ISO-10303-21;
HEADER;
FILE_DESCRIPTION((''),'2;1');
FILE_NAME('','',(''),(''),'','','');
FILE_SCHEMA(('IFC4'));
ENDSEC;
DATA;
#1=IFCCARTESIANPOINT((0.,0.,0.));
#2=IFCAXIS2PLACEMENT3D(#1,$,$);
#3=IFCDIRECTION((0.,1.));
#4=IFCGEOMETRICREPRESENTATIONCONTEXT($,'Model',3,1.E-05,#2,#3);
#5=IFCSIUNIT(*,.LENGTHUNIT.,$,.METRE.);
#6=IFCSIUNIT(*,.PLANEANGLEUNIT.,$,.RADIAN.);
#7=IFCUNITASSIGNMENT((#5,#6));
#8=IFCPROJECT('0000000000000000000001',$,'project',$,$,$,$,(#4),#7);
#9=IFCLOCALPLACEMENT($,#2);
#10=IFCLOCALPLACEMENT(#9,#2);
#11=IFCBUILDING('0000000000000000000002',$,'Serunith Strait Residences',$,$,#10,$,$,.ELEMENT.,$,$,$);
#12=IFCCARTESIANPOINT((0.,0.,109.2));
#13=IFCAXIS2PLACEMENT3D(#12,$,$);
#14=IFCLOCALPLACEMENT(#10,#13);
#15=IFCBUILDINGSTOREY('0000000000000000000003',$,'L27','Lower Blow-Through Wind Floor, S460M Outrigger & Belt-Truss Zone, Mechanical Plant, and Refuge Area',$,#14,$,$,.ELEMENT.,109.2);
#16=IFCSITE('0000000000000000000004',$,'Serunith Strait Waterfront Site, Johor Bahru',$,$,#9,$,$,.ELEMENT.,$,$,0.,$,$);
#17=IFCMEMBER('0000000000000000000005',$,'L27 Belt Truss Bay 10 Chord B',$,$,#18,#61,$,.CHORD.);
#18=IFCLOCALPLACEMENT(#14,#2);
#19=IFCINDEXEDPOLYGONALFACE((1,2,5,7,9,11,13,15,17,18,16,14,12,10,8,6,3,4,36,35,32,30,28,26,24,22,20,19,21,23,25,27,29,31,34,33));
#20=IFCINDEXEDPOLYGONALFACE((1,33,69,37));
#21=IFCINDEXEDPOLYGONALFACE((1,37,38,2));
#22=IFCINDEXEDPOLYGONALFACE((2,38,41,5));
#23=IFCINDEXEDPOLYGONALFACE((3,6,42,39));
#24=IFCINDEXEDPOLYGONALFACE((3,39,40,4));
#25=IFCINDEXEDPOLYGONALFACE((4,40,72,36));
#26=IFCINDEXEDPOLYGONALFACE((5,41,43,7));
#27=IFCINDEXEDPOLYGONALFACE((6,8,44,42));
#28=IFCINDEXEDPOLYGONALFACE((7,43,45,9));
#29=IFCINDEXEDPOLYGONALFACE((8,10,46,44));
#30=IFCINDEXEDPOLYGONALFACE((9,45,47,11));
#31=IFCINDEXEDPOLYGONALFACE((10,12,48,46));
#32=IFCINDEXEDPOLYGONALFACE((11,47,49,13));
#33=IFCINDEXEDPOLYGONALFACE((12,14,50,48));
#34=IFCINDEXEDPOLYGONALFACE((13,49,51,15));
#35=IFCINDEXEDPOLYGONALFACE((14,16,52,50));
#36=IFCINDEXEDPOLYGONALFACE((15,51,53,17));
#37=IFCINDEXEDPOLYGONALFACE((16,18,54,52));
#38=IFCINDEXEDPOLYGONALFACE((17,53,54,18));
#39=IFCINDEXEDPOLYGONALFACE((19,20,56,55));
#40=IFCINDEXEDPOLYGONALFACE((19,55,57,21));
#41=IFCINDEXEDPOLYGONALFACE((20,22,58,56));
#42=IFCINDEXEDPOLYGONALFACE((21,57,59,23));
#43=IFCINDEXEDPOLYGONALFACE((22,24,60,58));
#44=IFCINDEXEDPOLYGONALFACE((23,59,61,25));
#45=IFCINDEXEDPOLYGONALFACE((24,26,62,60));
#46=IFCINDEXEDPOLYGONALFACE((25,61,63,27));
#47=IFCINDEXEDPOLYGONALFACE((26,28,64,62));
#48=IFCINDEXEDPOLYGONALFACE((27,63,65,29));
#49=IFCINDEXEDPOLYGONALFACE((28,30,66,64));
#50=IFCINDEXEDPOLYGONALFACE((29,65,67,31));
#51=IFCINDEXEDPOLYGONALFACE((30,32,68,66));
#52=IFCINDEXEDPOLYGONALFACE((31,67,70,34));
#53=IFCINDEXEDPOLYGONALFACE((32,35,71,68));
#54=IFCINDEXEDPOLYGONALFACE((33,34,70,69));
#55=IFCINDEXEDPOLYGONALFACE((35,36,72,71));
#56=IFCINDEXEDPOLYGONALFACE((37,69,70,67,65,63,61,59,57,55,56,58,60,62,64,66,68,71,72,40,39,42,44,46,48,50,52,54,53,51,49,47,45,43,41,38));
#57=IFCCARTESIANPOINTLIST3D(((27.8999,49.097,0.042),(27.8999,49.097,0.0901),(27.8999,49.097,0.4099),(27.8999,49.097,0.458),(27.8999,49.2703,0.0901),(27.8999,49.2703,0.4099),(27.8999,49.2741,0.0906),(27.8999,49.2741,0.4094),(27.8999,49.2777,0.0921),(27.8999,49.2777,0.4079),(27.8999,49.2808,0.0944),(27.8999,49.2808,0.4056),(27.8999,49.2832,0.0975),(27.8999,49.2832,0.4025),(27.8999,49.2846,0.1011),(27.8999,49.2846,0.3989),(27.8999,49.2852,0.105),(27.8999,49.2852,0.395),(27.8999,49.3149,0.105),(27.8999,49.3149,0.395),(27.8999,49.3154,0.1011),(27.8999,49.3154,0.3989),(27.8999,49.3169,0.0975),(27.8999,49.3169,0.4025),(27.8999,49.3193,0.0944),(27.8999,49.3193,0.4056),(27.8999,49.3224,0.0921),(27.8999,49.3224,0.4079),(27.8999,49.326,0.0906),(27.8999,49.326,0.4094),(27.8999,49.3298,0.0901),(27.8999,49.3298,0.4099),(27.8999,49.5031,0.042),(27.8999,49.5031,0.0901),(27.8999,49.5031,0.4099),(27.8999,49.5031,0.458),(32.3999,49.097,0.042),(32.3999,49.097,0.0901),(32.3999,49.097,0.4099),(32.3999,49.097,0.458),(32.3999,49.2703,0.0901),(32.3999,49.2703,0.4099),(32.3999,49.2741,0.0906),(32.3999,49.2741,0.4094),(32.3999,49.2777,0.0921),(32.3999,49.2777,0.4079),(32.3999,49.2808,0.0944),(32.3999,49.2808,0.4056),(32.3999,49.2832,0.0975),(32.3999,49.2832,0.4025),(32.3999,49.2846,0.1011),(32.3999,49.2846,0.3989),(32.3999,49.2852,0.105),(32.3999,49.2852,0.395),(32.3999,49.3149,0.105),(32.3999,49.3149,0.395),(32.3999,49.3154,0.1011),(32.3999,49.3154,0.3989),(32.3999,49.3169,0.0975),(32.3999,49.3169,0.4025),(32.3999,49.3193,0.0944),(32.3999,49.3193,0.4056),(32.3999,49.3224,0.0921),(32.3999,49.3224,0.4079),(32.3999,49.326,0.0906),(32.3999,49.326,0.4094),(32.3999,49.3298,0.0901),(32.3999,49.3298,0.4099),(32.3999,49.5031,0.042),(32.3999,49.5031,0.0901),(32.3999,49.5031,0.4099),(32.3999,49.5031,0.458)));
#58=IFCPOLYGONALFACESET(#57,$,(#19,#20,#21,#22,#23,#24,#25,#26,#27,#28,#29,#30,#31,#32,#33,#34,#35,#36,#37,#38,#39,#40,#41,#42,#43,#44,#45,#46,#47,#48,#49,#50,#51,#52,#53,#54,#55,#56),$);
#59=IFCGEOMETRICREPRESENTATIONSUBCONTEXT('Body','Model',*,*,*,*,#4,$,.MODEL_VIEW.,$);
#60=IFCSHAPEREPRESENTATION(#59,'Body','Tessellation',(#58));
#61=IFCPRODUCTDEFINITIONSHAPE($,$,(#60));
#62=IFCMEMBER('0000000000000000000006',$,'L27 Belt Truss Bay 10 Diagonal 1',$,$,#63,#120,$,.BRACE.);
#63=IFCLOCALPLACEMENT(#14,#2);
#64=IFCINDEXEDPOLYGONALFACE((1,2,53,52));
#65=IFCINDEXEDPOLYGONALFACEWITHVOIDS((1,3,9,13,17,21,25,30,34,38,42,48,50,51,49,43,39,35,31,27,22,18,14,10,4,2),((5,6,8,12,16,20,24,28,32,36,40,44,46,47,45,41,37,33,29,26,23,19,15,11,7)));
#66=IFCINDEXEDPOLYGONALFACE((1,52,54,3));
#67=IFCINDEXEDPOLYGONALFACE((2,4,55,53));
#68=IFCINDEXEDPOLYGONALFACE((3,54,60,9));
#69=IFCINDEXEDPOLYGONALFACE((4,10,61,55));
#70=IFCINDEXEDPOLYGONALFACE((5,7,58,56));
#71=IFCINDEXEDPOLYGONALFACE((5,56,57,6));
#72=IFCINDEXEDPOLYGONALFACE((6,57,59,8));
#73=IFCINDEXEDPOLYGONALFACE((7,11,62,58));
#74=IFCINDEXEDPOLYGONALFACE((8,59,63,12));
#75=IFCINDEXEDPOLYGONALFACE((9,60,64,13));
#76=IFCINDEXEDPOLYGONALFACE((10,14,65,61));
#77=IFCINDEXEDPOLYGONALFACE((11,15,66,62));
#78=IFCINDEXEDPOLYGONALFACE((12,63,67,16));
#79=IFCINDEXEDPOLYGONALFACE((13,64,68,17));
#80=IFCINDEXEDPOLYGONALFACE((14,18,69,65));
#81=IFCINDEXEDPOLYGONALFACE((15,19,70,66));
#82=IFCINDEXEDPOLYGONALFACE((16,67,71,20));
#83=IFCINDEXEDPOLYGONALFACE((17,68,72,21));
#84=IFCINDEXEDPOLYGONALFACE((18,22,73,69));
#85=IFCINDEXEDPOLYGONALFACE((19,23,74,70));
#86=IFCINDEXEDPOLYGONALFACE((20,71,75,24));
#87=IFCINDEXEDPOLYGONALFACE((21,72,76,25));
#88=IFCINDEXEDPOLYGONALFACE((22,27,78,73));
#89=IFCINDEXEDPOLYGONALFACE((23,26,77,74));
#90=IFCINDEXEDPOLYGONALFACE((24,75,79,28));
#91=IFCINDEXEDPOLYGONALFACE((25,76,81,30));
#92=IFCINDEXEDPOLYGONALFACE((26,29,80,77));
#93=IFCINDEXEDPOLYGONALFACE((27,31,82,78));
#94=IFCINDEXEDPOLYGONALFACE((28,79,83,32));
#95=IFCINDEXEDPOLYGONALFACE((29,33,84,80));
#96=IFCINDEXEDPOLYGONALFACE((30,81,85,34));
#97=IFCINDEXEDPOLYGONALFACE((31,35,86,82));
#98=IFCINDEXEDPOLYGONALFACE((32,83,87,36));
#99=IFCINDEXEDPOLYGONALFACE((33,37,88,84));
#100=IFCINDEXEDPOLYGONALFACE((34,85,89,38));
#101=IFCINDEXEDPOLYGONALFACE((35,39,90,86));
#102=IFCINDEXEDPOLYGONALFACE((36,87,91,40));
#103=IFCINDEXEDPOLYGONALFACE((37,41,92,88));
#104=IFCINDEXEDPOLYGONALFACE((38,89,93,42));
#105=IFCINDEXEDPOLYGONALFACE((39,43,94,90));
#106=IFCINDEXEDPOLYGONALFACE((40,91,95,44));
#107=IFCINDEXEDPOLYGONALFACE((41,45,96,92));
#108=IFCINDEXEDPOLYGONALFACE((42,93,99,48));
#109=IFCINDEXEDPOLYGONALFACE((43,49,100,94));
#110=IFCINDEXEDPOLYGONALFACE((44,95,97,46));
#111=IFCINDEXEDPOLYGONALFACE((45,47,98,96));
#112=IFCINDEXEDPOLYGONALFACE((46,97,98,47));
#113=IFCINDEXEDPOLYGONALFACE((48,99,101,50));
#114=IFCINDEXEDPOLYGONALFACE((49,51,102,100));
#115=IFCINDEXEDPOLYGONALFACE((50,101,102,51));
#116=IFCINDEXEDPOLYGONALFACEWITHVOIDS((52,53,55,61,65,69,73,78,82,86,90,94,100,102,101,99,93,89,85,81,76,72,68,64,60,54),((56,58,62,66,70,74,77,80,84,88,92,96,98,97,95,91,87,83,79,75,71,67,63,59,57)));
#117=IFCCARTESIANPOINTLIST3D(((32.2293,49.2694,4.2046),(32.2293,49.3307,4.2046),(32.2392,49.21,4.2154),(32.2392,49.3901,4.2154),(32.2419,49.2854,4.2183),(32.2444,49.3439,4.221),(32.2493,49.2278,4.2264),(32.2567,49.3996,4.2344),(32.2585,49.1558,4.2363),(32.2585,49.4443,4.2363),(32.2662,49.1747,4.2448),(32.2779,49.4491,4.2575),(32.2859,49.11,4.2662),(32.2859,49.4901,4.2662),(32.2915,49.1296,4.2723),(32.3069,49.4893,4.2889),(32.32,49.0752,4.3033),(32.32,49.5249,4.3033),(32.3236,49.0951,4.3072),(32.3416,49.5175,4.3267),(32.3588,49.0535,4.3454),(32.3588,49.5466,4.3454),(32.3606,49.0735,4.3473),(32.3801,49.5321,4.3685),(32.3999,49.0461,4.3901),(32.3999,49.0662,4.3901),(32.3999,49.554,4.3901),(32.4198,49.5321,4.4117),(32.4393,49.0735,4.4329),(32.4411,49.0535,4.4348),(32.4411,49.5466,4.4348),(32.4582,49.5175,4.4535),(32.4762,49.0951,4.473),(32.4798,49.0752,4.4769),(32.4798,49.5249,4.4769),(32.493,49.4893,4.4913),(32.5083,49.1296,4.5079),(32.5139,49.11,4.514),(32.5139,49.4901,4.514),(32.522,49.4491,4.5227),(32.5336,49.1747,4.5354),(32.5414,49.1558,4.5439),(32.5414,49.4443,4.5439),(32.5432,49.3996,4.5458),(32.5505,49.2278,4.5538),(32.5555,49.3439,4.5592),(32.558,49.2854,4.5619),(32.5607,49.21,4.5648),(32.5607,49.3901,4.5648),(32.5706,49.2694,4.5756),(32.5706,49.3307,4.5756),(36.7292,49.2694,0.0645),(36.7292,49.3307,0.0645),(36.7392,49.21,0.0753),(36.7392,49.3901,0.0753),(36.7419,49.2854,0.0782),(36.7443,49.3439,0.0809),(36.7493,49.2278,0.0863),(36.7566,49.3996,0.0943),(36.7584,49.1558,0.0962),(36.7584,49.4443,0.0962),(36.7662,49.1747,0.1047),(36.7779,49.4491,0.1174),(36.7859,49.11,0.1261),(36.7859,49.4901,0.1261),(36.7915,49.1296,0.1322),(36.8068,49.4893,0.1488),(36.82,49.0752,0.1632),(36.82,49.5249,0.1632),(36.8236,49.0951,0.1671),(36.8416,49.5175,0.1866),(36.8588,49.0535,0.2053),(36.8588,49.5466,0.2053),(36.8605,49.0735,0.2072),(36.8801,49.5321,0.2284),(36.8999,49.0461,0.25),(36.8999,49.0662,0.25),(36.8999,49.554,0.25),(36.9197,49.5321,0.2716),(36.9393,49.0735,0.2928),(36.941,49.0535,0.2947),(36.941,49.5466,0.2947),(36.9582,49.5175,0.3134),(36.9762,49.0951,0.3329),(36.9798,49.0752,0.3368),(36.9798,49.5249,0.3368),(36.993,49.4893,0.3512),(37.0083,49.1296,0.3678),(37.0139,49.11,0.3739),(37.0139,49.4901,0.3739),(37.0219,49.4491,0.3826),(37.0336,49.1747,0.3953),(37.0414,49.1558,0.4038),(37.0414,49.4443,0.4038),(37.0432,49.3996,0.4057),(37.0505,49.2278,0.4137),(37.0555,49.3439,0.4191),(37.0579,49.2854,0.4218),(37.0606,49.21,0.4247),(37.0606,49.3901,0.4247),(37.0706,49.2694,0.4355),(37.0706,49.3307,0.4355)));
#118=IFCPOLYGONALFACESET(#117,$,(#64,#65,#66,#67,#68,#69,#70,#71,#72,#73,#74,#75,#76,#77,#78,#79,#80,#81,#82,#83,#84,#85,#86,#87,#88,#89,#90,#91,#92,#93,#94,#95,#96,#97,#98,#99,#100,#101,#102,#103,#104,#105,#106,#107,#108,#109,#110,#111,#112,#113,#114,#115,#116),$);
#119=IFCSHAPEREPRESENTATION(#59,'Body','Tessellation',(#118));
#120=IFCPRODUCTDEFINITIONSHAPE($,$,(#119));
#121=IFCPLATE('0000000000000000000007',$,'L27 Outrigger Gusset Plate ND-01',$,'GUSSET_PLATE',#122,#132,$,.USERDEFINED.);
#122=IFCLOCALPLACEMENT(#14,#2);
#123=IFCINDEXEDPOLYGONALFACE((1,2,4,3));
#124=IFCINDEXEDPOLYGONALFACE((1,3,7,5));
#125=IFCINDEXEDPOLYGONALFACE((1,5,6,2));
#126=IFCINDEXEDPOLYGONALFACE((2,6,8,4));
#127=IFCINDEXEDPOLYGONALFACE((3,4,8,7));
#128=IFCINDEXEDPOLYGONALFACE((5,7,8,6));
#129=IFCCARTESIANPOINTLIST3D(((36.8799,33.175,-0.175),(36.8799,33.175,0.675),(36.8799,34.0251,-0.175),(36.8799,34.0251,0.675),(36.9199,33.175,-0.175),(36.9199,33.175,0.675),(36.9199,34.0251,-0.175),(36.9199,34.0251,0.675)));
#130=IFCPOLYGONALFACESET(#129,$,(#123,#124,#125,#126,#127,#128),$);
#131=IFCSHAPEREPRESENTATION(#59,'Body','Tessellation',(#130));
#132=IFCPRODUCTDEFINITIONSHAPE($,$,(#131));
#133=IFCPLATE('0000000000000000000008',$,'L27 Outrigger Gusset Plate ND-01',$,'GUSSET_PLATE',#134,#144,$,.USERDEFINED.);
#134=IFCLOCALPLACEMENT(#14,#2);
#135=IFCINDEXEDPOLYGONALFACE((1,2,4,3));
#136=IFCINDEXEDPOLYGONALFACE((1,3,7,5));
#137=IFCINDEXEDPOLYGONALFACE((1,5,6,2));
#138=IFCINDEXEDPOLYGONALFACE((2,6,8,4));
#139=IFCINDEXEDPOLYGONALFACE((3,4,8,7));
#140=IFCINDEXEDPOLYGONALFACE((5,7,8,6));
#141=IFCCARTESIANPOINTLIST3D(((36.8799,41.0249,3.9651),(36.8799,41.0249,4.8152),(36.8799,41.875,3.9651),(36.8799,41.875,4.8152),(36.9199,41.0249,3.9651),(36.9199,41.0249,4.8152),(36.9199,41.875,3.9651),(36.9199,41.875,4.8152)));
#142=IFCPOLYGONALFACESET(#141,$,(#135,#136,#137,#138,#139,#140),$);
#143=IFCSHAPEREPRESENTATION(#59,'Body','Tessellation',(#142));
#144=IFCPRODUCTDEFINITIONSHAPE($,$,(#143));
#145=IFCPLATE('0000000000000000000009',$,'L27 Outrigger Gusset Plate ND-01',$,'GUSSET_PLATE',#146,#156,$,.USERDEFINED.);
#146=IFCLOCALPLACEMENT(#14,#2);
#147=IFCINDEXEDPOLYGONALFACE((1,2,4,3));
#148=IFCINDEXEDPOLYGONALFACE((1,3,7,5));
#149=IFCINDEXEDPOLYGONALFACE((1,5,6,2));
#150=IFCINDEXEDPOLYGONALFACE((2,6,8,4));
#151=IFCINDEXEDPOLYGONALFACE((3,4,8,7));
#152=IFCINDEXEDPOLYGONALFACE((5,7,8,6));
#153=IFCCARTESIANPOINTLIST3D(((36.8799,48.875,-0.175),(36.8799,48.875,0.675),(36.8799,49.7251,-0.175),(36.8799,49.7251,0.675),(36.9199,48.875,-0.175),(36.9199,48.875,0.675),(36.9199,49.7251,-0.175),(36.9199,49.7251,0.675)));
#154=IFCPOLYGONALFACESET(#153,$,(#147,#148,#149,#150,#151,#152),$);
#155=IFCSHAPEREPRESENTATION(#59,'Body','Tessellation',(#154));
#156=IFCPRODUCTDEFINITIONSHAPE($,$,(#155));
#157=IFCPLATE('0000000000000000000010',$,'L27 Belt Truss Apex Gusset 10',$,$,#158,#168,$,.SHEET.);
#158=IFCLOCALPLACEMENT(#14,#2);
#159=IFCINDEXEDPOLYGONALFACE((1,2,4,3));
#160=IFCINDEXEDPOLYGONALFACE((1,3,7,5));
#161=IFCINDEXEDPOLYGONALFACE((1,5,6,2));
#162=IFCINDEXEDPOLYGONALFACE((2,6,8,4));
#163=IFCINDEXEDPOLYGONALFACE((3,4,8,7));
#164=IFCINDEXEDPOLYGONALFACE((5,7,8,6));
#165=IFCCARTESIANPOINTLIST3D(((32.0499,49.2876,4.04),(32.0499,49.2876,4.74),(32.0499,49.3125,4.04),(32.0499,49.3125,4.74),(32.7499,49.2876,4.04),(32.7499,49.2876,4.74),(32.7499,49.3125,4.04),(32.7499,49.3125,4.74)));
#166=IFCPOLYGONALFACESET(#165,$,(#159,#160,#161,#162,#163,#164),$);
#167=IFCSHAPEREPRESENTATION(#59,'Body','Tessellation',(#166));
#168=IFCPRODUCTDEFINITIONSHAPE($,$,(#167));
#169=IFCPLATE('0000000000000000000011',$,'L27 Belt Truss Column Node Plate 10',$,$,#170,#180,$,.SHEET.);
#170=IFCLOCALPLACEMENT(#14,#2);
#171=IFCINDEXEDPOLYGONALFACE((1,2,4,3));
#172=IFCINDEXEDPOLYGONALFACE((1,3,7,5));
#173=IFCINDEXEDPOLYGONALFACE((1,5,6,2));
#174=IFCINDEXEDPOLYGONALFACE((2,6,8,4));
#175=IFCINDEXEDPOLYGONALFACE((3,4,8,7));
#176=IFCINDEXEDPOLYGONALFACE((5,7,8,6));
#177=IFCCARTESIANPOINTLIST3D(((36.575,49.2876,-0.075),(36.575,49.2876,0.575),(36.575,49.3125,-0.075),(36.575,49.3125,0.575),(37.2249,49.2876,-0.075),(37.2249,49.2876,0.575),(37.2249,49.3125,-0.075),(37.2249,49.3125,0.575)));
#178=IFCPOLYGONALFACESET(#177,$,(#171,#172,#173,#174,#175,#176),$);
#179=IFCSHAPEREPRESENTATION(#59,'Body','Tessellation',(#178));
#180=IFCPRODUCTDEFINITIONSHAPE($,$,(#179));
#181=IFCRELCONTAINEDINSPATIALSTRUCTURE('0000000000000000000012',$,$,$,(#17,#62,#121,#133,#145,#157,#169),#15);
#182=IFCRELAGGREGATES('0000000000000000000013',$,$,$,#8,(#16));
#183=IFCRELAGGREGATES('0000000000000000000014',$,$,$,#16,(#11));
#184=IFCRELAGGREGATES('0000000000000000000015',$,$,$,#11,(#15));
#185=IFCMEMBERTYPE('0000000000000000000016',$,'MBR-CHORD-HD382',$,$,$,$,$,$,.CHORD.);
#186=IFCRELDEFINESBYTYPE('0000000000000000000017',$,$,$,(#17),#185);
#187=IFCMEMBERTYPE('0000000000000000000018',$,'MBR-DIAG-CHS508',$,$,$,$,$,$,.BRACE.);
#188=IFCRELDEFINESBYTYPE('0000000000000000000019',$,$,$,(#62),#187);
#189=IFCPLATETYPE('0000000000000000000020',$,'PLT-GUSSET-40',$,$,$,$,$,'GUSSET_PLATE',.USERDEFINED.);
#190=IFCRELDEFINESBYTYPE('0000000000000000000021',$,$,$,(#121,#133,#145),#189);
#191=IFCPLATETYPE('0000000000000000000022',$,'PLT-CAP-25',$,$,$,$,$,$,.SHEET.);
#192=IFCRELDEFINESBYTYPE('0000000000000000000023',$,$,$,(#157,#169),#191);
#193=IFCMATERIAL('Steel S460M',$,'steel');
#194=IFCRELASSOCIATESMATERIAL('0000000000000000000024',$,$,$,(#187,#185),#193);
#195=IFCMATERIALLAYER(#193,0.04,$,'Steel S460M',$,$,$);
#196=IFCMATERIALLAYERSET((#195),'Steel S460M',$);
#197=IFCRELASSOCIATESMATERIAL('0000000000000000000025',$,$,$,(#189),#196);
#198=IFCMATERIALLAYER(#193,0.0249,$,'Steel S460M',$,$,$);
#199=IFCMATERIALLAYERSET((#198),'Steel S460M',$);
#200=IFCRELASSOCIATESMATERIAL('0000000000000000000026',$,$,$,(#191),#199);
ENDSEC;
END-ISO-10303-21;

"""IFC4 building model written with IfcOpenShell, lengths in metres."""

from ifc_helpers import new_model, si_unit, direction, frame, origin, origin_2d, place, context, subcontext, project, spatial, rectangle, hollow_circle, i_section, extrude, source, transform, mapped, material, layer, layer_set, material_profile, profile_set, type_object, element, save


model = new_model("IFC4")

# Units and contexts
model_context = context("Model", 3, precision=1e-05, world=origin(), true_north=direction((0.0, 1.0)))
body_context = subcontext(model_context, "Body", "Model", "MODEL_VIEW")
ifc_project = project(units=[si_unit("LENGTHUNIT", "METRE"), si_unit("PLANEANGLEUNIT", "RADIAN")], contexts=[model_context])

# Site, building, storey
site_placement = place(None, origin())
site = spatial("IfcSite", under=ifc_project, at=site_placement, Name="Serunith Strait Waterfront Site, Johor Bahru", CompositionType="ELEMENT", RefElevation=0.0)
building_placement = place(site_placement, origin())
building = spatial("IfcBuilding", under=site, at=building_placement, Name="Serunith Strait Residences", CompositionType="ELEMENT")
storey_placement = place(building_placement, frame((0.0, 0.0, 109.2)))
storey = spatial("IfcBuildingStorey", under=building, at=storey_placement, Name="L27", Description="Lower Blow-Through Wind Floor, S460M Outrigger & Belt-Truss Zone, Mechanical Plant, and Refuge Area", CompositionType="ELEMENT", Elevation=109.2)

# Members
ifc_material_1 = material(Name="Steel S460M", Category="steel")
ifc_material_profile_1 = material_profile(ifc_material_1, hollow_circle(Radius=0.2539, WallThickness=0.02, at=origin_2d()), Name="CHS 508x20")
ifc_profile_set_1 = profile_set([ifc_material_profile_1], Name="Steel S460M")
member_type_1 = type_object("IfcMemberType", Name="MBR-DIAG-CHS508", PredefinedType="BRACE", material=ifc_profile_set_1)
ifc_material_profile_2 = material_profile(ifc_material_1, i_section(OverallWidth=0.406, OverallDepth=0.416, WebThickness=0.0298, FlangeThickness=0.0481, FilletRadius=0.0149, at=origin_2d()), Name="HD 400x382")
ifc_profile_set_2 = profile_set([ifc_material_profile_2], Name="Steel S460M")
member_type_2 = type_object("IfcMemberType", Name="MBR-CHORD-HD382", PredefinedType="CHORD", material=ifc_profile_set_2)
shared_shape_1 = source(origin(), body_context, "Body", "SweptSolid", [
    extrude(i_section(OverallWidth=0.406, OverallDepth=0.416, WebThickness=0.0298, FlangeThickness=0.0481, FilletRadius=0.0149, at=origin_2d()), origin(), (0.0, 0.0, 1.0), 4.5),
])
for number, where, z_axis, x_axis, name in (
    (1, (32.3999, 49.3, 0.25), (-1.0, 0.0, 0.0), (0.0, -1.0, 0.0), "L27 Belt Truss Bay 10 Chord B"),
):
    element("IfcMember", number, at=place(storey_placement, frame(where, z_axis=z_axis, x_axis=x_axis)), inside=storey, type_object=member_type_2, Name=name, PredefinedType="CHORD", context=body_context, shape_type="MappedRepresentation", body=[
        mapped(shared_shape_1, transform((0.0, 0.0, 0.0), scale=1.0)),
    ])
shared_shape_2 = source(origin(), body_context, "Body", "SweptSolid", [
    extrude(hollow_circle(Radius=0.2539, WallThickness=0.02, at=origin_2d()), origin(), (0.0, 0.0, 1.0), 6.1147),
])
member_1_placement = place(storey_placement, frame((36.8999, 49.3, 0.25), z_axis=(-0.73592, 0.0, 0.677069), x_axis=(0.0, -1.0, 0.0)))
element("IfcMember", 2, at=member_1_placement, inside=storey, type_object=member_type_1, Name="L27 Belt Truss Bay 10 Diagonal 1", PredefinedType="BRACE", context=body_context, shape_type="MappedRepresentation", body=[
    mapped(shared_shape_2, transform((0.0, 0.0, 0.0), scale=1.0)),
])

# Plates
ifc_layer_1 = layer(ifc_material_1, 0.04, Name="Steel S460M")
ifc_layer_set_1 = layer_set([ifc_layer_1], Name="Steel S460M")
plate_type_1 = type_object("IfcPlateType", Name="PLT-GUSSET-40", ElementType="GUSSET_PLATE", PredefinedType="USERDEFINED", material=ifc_layer_set_1)
shared_shape_3 = source(origin(), body_context, "Body", "SweptSolid", [
    extrude(rectangle(XDim=0.8501, YDim=0.04, at=origin_2d()), origin(), (0.0, 0.0, 1.0), 0.8501),
])
for number, where, z_axis, x_axis, name in (
    (3, (36.8999, 33.6001, -0.175), (0.0, 0.0, 1.0), (0.0, 1.0, 0.0), "L27 Outrigger Gusset Plate ND-01"),
    (4, (36.8999, 41.45, 3.9651), (0.0, 0.0, 1.0), (0.0, 1.0, 0.0), "L27 Outrigger Gusset Plate ND-01"),
    (5, (36.8999, 49.3, -0.175), (0.0, 0.0, 1.0), (0.0, 1.0, 0.0), "L27 Outrigger Gusset Plate ND-01"),
):
    element("IfcPlate", number, at=place(storey_placement, frame(where, z_axis=z_axis, x_axis=x_axis)), inside=storey, type_object=plate_type_1, Name=name, ObjectType="GUSSET_PLATE", PredefinedType="USERDEFINED", context=body_context, shape_type="MappedRepresentation", body=[
        mapped(shared_shape_3, transform((0.0, 0.0, 0.0), scale=1.0)),
    ])
ifc_layer_2 = layer(ifc_material_1, 0.0249, Name="Steel S460M")
ifc_layer_set_2 = layer_set([ifc_layer_2], Name="Steel S460M")
plate_type_2 = type_object("IfcPlateType", Name="PLT-CAP-25", PredefinedType="SHEET", material=ifc_layer_set_2)
shared_shape_4 = source(origin(), body_context, "Body", "SweptSolid", [
    extrude(rectangle(XDim=0.7, YDim=0.0249, at=origin_2d()), origin(), (0.0, 0.0, 1.0), 0.7),
])
plate_1_placement = place(storey_placement, frame((32.3999, 49.3, 4.04), z_axis=(0.0, 0.0, 1.0), x_axis=(-1.0, 0.0, 0.0)))
element("IfcPlate", 6, at=plate_1_placement, inside=storey, type_object=plate_type_2, Name="L27 Belt Truss Apex Gusset 10", PredefinedType="SHEET", context=body_context, shape_type="MappedRepresentation", body=[
    mapped(shared_shape_4, transform((0.0, 0.0, 0.0), scale=1.0)),
])
shared_shape_5 = source(origin(), body_context, "Body", "SweptSolid", [
    extrude(rectangle(XDim=0.6499, YDim=0.0249, at=origin_2d()), origin(), (0.0, 0.0, 1.0), 0.6499),
])
plate_2_placement = place(storey_placement, frame((36.8999, 49.3, -0.075), z_axis=(0.0, 0.0, 1.0), x_axis=(-1.0, 0.0, 0.0)))
element("IfcPlate", 7, at=plate_2_placement, inside=storey, type_object=plate_type_2, Name="L27 Belt Truss Column Node Plate 10", PredefinedType="SHEET", context=body_context, shape_type="MappedRepresentation", body=[
    mapped(shared_shape_5, transform((0.0, 0.0, 0.0), scale=1.0)),
])

save(model, "model.ifc")
